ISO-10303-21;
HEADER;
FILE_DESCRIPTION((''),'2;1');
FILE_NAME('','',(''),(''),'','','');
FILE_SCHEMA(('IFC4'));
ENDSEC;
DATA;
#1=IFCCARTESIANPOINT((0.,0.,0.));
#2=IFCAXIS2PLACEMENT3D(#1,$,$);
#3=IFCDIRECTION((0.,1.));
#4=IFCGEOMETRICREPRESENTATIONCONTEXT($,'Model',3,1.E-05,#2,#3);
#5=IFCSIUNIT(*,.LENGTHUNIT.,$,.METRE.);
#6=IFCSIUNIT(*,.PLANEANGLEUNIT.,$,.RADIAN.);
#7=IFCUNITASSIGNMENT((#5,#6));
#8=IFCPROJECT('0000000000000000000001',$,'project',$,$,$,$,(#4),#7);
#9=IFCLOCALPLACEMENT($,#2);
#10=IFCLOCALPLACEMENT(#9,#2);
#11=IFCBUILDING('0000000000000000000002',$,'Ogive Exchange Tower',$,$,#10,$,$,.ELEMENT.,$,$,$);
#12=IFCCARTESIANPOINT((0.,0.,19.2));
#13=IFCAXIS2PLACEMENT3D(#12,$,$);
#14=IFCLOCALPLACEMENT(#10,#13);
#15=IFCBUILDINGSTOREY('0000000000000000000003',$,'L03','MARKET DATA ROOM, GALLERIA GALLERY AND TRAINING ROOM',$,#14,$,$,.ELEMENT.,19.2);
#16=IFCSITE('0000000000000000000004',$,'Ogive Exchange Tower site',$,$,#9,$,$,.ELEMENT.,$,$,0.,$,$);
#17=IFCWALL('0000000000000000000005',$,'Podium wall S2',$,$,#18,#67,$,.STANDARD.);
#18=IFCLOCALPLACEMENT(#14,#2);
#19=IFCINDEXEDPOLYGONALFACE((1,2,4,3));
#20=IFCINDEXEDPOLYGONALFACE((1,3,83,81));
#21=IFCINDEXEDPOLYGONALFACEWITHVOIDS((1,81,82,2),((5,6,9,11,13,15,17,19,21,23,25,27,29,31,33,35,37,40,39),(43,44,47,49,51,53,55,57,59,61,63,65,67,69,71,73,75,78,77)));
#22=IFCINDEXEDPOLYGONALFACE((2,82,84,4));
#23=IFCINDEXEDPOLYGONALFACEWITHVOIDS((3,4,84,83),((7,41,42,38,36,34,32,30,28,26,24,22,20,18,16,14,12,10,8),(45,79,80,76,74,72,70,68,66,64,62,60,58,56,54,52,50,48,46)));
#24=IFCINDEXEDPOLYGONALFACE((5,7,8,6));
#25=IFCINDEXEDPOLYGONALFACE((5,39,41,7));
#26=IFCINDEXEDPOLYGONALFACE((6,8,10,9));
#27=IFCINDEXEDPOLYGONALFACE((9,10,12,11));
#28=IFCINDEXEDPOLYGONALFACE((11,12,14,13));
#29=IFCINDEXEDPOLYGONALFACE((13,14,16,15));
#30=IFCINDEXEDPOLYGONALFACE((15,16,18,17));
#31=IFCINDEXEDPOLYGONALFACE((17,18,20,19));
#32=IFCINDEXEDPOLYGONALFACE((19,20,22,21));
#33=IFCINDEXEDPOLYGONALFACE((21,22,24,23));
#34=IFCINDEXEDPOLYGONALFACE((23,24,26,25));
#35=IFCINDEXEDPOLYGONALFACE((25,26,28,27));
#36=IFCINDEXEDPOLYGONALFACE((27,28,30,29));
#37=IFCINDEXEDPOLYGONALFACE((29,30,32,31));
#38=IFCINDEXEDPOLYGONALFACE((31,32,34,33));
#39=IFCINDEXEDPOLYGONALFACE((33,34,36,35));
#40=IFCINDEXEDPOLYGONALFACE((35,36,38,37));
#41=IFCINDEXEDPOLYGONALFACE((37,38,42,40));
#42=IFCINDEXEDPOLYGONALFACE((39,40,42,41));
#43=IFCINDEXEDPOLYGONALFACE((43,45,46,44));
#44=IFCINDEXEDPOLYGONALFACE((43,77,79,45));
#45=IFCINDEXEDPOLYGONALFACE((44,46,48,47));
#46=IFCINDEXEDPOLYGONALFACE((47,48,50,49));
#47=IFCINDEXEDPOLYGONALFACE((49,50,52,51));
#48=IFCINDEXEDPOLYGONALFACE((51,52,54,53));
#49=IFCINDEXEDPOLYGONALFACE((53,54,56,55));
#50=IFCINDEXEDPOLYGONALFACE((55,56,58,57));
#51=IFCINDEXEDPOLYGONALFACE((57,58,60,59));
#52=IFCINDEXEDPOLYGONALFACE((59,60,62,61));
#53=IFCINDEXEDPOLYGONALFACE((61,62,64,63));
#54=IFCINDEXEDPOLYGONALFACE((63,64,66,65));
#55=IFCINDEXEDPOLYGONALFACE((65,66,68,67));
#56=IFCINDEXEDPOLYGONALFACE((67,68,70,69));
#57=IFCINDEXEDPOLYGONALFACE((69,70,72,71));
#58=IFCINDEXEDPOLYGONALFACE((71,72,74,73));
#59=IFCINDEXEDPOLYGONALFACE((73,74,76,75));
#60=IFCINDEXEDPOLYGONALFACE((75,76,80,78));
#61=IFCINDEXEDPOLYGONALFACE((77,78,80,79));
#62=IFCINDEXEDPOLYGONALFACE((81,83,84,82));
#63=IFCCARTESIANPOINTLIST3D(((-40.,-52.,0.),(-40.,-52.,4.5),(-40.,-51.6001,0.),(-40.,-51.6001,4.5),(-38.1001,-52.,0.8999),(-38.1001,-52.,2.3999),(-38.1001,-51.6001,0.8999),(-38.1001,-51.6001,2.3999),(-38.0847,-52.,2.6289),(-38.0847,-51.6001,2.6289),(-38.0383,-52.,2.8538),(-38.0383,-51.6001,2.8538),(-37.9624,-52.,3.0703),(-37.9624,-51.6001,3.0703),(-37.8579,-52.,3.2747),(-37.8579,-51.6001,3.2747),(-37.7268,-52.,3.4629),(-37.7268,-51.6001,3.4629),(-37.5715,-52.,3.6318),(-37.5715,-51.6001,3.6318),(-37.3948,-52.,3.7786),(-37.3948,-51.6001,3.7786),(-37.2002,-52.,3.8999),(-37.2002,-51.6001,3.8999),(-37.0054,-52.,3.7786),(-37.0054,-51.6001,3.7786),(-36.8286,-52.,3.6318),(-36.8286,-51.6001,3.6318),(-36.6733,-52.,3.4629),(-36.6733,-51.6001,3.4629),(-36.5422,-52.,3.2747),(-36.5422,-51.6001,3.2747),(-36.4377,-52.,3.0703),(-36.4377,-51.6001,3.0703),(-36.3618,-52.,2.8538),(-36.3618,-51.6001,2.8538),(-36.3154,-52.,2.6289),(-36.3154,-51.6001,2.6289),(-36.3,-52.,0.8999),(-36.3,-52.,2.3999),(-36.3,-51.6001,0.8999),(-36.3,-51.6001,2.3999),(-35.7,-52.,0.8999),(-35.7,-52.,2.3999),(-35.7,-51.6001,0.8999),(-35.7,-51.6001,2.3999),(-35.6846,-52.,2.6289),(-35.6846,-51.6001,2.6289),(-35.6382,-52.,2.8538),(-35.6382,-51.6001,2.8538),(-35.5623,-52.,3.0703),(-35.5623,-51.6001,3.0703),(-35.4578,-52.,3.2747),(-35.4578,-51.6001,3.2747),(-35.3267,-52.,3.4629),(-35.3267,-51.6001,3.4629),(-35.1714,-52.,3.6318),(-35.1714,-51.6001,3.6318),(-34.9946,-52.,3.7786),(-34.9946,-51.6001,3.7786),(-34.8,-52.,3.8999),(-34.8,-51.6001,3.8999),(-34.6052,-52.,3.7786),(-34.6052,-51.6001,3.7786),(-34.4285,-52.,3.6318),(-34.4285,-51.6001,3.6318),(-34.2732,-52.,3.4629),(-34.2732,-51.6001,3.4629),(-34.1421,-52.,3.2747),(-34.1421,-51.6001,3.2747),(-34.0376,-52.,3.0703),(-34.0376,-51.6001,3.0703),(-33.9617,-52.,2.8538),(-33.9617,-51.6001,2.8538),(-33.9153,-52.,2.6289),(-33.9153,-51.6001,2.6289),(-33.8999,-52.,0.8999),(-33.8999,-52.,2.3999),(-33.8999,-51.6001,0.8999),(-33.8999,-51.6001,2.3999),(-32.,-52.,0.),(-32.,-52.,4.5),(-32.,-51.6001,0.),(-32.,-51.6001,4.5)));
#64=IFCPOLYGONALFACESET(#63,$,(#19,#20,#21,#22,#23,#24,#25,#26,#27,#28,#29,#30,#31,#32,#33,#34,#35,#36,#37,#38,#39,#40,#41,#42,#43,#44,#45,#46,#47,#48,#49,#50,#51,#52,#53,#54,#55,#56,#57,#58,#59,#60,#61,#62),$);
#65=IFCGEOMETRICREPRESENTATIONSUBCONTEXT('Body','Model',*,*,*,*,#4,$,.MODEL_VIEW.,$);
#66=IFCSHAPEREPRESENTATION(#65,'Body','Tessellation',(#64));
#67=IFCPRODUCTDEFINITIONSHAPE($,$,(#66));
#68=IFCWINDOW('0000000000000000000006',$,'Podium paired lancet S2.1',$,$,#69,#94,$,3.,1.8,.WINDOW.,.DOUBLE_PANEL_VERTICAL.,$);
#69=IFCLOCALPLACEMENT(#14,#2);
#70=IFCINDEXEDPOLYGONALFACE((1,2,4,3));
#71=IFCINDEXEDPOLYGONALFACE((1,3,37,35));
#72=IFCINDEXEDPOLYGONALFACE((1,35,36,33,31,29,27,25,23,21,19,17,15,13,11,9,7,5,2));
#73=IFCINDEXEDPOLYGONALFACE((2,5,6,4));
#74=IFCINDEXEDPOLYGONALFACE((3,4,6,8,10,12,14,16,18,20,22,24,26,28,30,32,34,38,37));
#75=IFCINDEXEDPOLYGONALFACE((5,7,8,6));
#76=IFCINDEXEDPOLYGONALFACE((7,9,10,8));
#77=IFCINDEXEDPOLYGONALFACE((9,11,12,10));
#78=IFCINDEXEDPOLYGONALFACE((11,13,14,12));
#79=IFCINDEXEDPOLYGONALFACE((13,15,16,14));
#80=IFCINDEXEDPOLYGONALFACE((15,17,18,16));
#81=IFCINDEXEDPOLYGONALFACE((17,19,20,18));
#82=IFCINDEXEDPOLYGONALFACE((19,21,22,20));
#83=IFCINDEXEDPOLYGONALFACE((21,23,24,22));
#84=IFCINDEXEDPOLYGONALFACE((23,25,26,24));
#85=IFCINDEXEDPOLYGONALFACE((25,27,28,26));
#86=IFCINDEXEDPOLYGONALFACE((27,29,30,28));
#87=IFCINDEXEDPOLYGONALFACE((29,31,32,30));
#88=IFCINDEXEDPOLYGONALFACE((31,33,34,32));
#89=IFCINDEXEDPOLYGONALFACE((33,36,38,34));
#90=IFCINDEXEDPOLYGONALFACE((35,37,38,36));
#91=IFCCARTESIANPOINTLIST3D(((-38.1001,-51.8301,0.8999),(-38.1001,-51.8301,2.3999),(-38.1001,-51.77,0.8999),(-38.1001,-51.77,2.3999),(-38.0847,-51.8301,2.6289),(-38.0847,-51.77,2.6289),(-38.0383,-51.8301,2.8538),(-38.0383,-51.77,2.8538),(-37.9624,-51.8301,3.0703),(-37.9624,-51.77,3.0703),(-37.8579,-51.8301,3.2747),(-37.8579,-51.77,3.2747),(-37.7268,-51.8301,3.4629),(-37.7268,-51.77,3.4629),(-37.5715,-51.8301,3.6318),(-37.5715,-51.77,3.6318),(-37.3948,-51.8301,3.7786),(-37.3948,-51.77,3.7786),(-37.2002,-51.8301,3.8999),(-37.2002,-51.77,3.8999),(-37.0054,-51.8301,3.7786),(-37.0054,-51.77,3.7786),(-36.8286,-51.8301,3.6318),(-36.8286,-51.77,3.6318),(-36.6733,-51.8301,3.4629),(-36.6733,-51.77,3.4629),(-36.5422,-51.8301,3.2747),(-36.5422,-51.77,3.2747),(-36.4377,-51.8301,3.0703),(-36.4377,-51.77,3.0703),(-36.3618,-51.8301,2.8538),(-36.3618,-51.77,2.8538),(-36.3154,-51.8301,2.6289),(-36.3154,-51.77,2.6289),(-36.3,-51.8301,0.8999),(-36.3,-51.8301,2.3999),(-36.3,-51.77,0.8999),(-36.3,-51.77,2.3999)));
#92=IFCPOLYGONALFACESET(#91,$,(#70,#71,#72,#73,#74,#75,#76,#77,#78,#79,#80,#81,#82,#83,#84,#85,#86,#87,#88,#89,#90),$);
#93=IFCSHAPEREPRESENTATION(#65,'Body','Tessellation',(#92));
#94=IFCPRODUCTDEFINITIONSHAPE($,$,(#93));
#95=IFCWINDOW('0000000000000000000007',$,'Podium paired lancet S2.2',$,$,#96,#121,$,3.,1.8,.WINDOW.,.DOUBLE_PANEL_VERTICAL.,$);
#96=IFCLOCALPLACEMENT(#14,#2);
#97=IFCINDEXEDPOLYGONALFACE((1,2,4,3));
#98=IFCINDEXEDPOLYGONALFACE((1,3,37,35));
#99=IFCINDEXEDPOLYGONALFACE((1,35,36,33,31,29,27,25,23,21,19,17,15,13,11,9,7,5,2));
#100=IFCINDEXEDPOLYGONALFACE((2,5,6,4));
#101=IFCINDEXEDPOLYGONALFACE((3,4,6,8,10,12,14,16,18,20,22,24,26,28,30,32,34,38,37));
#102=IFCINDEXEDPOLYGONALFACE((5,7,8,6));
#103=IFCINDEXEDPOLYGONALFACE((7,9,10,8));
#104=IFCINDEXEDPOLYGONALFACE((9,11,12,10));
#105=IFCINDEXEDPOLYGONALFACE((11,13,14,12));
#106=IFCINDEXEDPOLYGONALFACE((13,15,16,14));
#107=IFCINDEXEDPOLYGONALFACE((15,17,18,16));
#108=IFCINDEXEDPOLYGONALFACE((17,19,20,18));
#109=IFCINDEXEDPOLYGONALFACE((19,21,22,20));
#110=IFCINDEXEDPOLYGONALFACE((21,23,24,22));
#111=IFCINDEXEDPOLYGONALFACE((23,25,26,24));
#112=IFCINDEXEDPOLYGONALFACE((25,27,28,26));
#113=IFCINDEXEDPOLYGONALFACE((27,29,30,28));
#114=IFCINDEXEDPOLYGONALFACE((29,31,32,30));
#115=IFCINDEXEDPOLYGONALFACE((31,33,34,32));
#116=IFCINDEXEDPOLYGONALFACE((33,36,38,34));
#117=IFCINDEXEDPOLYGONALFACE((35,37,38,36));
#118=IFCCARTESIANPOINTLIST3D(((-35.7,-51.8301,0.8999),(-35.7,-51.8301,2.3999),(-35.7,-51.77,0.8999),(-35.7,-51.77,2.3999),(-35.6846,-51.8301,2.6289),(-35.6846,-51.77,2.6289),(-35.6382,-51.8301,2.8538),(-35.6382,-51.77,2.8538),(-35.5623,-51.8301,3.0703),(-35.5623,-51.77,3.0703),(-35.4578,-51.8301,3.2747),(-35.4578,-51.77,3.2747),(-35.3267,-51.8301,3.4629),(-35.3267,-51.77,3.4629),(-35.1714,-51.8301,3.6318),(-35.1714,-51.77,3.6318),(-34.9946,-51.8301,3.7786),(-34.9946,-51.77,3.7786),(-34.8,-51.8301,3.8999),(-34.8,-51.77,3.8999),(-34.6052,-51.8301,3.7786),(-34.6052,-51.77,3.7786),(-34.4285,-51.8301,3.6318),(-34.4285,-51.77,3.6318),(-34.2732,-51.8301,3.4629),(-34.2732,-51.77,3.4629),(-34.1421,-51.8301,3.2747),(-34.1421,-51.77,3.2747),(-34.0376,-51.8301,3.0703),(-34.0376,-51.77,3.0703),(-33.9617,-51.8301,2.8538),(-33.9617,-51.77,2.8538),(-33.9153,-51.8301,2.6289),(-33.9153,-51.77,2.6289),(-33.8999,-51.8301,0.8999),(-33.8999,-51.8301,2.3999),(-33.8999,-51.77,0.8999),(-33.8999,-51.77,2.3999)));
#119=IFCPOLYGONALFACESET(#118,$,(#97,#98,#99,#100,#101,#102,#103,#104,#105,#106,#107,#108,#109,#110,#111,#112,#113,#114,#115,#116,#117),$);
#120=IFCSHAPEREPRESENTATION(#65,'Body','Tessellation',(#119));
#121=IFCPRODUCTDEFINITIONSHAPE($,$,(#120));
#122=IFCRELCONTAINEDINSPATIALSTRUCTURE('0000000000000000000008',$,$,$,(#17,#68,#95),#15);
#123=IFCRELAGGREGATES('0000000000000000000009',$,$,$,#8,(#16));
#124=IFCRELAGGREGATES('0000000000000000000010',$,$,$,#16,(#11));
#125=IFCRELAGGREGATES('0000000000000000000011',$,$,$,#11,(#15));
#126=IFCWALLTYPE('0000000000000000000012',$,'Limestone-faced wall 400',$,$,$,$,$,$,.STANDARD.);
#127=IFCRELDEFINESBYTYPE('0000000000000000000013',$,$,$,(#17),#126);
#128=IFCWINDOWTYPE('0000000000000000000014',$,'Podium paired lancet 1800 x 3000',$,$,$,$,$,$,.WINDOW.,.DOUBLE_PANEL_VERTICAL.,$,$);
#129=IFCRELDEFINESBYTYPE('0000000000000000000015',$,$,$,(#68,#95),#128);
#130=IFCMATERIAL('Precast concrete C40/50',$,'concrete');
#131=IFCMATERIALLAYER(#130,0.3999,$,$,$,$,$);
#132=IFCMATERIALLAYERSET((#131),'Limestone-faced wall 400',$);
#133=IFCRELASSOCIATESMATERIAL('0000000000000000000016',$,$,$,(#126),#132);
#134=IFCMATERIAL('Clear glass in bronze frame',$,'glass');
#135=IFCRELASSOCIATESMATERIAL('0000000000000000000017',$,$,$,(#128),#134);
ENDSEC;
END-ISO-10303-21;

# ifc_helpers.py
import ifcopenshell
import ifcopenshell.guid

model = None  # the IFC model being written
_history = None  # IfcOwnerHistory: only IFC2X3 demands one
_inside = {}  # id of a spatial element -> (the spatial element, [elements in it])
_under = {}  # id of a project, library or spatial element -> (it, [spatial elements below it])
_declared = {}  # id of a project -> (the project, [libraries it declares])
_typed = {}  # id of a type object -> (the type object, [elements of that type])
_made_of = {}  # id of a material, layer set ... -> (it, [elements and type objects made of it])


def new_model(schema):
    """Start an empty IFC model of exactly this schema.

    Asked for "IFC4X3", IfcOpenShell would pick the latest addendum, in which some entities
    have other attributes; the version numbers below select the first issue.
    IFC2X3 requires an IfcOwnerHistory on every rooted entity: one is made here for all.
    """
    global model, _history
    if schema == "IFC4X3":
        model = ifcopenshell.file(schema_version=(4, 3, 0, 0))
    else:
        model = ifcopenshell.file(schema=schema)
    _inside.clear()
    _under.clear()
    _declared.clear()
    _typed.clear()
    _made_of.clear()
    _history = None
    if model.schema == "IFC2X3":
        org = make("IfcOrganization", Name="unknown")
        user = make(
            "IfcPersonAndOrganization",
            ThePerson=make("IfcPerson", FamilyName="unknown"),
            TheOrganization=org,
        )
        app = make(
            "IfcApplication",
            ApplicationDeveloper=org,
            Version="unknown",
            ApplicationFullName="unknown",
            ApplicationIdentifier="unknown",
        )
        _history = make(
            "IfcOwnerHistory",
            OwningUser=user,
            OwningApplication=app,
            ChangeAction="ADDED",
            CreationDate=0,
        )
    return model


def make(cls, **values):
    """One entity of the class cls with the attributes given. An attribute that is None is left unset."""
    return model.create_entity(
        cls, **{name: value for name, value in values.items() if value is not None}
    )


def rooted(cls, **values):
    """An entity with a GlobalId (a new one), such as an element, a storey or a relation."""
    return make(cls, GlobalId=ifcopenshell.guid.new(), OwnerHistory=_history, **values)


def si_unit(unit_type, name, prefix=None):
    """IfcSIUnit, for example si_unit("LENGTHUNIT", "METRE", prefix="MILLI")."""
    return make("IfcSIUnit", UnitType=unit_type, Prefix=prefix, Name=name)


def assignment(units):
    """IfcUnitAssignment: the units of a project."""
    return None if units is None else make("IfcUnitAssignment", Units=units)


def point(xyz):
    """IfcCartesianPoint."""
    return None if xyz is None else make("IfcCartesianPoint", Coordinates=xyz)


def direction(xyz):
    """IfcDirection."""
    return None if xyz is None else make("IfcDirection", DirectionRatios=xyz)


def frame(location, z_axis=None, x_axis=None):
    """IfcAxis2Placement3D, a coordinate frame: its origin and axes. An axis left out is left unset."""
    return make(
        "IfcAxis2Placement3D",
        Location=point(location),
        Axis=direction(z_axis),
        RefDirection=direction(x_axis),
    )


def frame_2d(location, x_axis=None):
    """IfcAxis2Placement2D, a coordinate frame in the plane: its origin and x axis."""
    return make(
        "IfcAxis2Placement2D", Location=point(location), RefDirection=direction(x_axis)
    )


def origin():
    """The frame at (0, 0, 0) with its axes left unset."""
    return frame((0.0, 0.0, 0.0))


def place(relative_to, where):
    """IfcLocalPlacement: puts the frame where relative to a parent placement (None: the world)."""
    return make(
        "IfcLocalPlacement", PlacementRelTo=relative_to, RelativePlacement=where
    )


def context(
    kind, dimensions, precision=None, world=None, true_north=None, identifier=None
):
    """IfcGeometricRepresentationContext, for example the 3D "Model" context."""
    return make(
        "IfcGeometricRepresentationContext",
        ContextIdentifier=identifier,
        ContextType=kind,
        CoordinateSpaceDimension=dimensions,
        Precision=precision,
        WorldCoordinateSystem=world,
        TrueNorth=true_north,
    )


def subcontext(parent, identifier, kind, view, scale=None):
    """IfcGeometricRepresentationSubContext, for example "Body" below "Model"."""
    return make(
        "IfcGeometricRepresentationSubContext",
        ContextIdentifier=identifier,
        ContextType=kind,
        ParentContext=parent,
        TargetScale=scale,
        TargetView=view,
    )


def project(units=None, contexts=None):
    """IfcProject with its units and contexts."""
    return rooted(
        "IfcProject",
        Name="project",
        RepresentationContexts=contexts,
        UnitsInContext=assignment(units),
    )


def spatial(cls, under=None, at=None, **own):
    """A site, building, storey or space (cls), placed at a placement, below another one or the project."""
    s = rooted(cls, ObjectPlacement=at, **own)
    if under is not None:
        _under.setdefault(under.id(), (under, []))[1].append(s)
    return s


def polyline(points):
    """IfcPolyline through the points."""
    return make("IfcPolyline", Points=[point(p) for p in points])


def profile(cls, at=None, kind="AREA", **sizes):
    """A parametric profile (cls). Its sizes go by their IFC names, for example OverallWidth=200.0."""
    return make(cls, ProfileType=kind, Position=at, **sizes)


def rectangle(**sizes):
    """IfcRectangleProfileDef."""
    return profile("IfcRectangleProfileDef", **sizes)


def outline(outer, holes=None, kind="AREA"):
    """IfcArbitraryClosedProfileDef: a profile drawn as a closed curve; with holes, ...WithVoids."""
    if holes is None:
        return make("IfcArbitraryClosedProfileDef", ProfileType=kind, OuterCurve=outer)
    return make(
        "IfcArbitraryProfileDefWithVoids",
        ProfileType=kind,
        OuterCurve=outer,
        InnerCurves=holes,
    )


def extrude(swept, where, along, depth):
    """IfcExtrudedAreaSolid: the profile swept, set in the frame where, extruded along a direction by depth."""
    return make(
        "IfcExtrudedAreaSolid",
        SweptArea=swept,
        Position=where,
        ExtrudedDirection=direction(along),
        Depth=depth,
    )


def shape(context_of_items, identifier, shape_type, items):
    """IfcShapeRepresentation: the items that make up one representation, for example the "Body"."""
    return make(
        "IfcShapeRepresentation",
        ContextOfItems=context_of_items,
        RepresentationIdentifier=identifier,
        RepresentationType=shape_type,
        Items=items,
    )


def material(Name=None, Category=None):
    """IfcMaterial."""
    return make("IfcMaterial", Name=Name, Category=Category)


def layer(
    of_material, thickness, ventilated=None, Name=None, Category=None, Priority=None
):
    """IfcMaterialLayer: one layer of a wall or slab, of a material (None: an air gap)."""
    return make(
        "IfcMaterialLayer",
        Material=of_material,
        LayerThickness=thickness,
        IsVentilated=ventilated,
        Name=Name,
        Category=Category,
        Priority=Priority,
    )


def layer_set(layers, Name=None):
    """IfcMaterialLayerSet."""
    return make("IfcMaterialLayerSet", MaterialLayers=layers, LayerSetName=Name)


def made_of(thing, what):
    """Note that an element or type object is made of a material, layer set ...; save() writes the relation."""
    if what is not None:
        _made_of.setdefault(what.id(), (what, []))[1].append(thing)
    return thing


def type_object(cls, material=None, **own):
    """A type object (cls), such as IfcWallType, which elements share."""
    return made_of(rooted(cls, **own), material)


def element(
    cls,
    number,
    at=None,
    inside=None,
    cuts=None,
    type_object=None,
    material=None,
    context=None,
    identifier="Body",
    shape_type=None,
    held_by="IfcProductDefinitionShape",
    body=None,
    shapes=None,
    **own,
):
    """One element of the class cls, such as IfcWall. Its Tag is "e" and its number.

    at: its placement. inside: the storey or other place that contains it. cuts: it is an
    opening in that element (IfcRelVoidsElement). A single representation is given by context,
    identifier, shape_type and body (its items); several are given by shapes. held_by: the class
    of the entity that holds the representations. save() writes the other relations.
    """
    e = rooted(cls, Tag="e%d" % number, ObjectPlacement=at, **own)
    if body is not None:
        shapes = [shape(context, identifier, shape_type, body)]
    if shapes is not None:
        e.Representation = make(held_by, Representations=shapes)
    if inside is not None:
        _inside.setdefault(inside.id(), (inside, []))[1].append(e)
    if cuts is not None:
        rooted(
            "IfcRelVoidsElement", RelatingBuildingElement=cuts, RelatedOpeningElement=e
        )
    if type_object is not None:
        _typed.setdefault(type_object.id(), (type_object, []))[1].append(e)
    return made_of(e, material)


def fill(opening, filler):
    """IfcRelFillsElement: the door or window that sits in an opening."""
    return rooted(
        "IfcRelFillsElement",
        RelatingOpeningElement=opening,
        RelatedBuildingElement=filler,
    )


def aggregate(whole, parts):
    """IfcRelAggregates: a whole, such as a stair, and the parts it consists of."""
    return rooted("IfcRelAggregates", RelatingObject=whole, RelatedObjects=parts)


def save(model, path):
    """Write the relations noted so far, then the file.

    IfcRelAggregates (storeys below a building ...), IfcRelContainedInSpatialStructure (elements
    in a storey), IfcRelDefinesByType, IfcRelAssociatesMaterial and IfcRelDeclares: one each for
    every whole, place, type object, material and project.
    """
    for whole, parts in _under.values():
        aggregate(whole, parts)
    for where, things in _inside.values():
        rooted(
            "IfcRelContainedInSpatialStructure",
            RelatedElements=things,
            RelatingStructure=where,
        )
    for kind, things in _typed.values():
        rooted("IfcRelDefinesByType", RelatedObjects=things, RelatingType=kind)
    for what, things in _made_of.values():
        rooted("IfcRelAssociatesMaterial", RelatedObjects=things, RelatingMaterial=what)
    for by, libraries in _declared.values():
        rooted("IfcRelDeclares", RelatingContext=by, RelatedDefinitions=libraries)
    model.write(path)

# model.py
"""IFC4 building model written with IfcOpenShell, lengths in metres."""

from ifc_helpers import new_model, si_unit, direction, frame, frame_2d, origin, place, context, subcontext, project, spatial, polyline, rectangle, outline, extrude, material, layer, layer_set, type_object, element, fill, save


model = new_model("IFC4")

# Units and contexts
model_context = context("Model", 3, precision=1e-05, world=origin(), true_north=direction((0.0, 1.0)))
body_context = subcontext(model_context, "Body", "Model", "MODEL_VIEW")
ifc_project = project(units=[si_unit("LENGTHUNIT", "METRE"), si_unit("PLANEANGLEUNIT", "RADIAN")], contexts=[model_context])

# Site, building, storey
site_placement = place(None, origin())
site = spatial("IfcSite", under=ifc_project, at=site_placement, Name="Ogive Exchange Tower site", CompositionType="ELEMENT", RefElevation=0.0)
building_placement = place(site_placement, origin())
building = spatial("IfcBuilding", under=site, at=building_placement, Name="Ogive Exchange Tower", CompositionType="ELEMENT")
storey_placement = place(building_placement, frame((0.0, 0.0, 19.2)))
storey = spatial("IfcBuildingStorey", under=building, at=storey_placement, Name="L03", Description="MARKET DATA ROOM, GALLERIA GALLERY AND TRAINING ROOM", CompositionType="ELEMENT", Elevation=19.2)

# Shared definitions
ifc_material_1 = material(Name="Precast concrete C40/50", Category="concrete")
ifc_layer_1 = layer(ifc_material_1, 0.3999)
ifc_layer_set_1 = layer_set([ifc_layer_1], Name="Limestone-faced wall 400")
wall_type_1 = type_object("IfcWallType", Name="Limestone-faced wall 400", PredefinedType="STANDARD", material=ifc_layer_set_1)

# Wall, openings, windows
wall_1_placement = place(storey_placement, frame((-40.0, -51.8, 0.0), z_axis=(0.0, 0.0, 1.0), x_axis=(1.0, 0.0, 0.0)))
wall_1 = element("IfcWall", 1, at=wall_1_placement, inside=storey, type_object=wall_type_1, Name="Podium wall S2", PredefinedType="STANDARD", context=body_context, shape_type="SweptSolid", body=[
    extrude(rectangle(XDim=8.0, YDim=0.3999, at=frame_2d((4.0, 0.0))), origin(), (0.0, 0.0, 1.0), 4.5),
])
opening_1_placement = place(wall_1_placement, frame((1.8999, 0.0, 0.8999)))
opening_1 = element("IfcOpeningElement", 2, at=opening_1_placement, cuts=wall_1, PredefinedType="OPENING", context=body_context, shape_type="SweptSolid", body=[
    extrude(outline(polyline([(0.0, 0.0), (1.8, 0.0), (1.8, 1.5), (1.7847, 1.729), (1.7383, 1.9539), (1.6624, 2.1704), (1.5579, 2.3748), (1.4268, 2.563), (1.2715, 2.7319), (1.0947, 2.8787), (0.8999, 3.0), (0.7053, 2.8787), (0.5286, 2.7319), (0.3733, 2.563), (0.2422, 2.3748), (0.1377, 2.1704), (0.0618, 1.9539), (0.0154, 1.729), (0.0, 1.5), (0.0, 0.0)])), frame((0.0, 0.21, 0.0), z_axis=(0.0, -1.0, 0.0), x_axis=(1.0, 0.0, 0.0)), (0.0, 0.0, 1.0), 0.4199),
])
opening_2_placement = place(wall_1_placement, frame((4.3, 0.0, 0.8999)))
opening_2 = element("IfcOpeningElement", 3, at=opening_2_placement, cuts=wall_1, PredefinedType="OPENING", context=body_context, shape_type="SweptSolid", body=[
    extrude(outline(polyline([(0.0, 0.0), (1.8, 0.0), (1.8, 1.5), (1.7847, 1.729), (1.7383, 1.9539), (1.6624, 2.1704), (1.5579, 2.3748), (1.4268, 2.563), (1.2715, 2.7319), (1.0947, 2.8787), (0.8999, 3.0), (0.7053, 2.8787), (0.5286, 2.7319), (0.3733, 2.563), (0.2422, 2.3748), (0.1377, 2.1704), (0.0618, 1.9539), (0.0154, 1.729), (0.0, 1.5), (0.0, 0.0)])), frame((0.0, 0.21, 0.0), z_axis=(0.0, -1.0, 0.0), x_axis=(1.0, 0.0, 0.0)), (0.0, 0.0, 1.0), 0.4199),
])
ifc_material_2 = material(Name="Clear glass in bronze frame", Category="glass")
window_type_1 = type_object("IfcWindowType", Name="Podium paired lancet 1800 x 3000", PartitioningType="DOUBLE_PANEL_VERTICAL", PredefinedType="WINDOW", material=ifc_material_2)
window_1_placement = place(opening_1_placement, origin())
window_1 = element("IfcWindow", 4, at=window_1_placement, inside=storey, type_object=window_type_1, Name="Podium paired lancet S2.1", OverallHeight=3.0, OverallWidth=1.8, PartitioningType="DOUBLE_PANEL_VERTICAL", PredefinedType="WINDOW", context=body_context, shape_type="SweptSolid", body=[
    extrude(outline(polyline([(0.0, 0.0), (1.8, 0.0), (1.8, 1.5), (1.7847, 1.729), (1.7383, 1.9539), (1.6624, 2.1704), (1.5579, 2.3748), (1.4268, 2.563), (1.2715, 2.7319), (1.0947, 2.8787), (0.8999, 3.0), (0.7053, 2.8787), (0.5286, 2.7319), (0.3733, 2.563), (0.2422, 2.3748), (0.1377, 2.1704), (0.0618, 1.9539), (0.0154, 1.729), (0.0, 1.5), (0.0, 0.0)])), frame((0.0, 0.03, 0.0), z_axis=(0.0, -1.0, 0.0), x_axis=(1.0, 0.0, 0.0)), (0.0, 0.0, 1.0), 0.0601),
])
fill(opening_1, window_1)
window_2_placement = place(opening_2_placement, origin())
window_2 = element("IfcWindow", 5, at=window_2_placement, inside=storey, type_object=window_type_1, Name="Podium paired lancet S2.2", OverallHeight=3.0, OverallWidth=1.8, PartitioningType="DOUBLE_PANEL_VERTICAL", PredefinedType="WINDOW", context=body_context, shape_type="SweptSolid", body=[
    extrude(outline(polyline([(0.0, 0.0), (1.8, 0.0), (1.8, 1.5), (1.7847, 1.729), (1.7383, 1.9539), (1.6624, 2.1704), (1.5579, 2.3748), (1.4268, 2.563), (1.2715, 2.7319), (1.0947, 2.8787), (0.8999, 3.0), (0.7053, 2.8787), (0.5286, 2.7319), (0.3733, 2.563), (0.2422, 2.3748), (0.1377, 2.1704), (0.0618, 1.9539), (0.0154, 1.729), (0.0, 1.5), (0.0, 0.0)])), frame((0.0, 0.03, 0.0), z_axis=(0.0, -1.0, 0.0), x_axis=(1.0, 0.0, 0.0)), (0.0, 0.0, 1.0), 0.0601),
])
fill(opening_2, window_2)

save(model, "model.ifc")
